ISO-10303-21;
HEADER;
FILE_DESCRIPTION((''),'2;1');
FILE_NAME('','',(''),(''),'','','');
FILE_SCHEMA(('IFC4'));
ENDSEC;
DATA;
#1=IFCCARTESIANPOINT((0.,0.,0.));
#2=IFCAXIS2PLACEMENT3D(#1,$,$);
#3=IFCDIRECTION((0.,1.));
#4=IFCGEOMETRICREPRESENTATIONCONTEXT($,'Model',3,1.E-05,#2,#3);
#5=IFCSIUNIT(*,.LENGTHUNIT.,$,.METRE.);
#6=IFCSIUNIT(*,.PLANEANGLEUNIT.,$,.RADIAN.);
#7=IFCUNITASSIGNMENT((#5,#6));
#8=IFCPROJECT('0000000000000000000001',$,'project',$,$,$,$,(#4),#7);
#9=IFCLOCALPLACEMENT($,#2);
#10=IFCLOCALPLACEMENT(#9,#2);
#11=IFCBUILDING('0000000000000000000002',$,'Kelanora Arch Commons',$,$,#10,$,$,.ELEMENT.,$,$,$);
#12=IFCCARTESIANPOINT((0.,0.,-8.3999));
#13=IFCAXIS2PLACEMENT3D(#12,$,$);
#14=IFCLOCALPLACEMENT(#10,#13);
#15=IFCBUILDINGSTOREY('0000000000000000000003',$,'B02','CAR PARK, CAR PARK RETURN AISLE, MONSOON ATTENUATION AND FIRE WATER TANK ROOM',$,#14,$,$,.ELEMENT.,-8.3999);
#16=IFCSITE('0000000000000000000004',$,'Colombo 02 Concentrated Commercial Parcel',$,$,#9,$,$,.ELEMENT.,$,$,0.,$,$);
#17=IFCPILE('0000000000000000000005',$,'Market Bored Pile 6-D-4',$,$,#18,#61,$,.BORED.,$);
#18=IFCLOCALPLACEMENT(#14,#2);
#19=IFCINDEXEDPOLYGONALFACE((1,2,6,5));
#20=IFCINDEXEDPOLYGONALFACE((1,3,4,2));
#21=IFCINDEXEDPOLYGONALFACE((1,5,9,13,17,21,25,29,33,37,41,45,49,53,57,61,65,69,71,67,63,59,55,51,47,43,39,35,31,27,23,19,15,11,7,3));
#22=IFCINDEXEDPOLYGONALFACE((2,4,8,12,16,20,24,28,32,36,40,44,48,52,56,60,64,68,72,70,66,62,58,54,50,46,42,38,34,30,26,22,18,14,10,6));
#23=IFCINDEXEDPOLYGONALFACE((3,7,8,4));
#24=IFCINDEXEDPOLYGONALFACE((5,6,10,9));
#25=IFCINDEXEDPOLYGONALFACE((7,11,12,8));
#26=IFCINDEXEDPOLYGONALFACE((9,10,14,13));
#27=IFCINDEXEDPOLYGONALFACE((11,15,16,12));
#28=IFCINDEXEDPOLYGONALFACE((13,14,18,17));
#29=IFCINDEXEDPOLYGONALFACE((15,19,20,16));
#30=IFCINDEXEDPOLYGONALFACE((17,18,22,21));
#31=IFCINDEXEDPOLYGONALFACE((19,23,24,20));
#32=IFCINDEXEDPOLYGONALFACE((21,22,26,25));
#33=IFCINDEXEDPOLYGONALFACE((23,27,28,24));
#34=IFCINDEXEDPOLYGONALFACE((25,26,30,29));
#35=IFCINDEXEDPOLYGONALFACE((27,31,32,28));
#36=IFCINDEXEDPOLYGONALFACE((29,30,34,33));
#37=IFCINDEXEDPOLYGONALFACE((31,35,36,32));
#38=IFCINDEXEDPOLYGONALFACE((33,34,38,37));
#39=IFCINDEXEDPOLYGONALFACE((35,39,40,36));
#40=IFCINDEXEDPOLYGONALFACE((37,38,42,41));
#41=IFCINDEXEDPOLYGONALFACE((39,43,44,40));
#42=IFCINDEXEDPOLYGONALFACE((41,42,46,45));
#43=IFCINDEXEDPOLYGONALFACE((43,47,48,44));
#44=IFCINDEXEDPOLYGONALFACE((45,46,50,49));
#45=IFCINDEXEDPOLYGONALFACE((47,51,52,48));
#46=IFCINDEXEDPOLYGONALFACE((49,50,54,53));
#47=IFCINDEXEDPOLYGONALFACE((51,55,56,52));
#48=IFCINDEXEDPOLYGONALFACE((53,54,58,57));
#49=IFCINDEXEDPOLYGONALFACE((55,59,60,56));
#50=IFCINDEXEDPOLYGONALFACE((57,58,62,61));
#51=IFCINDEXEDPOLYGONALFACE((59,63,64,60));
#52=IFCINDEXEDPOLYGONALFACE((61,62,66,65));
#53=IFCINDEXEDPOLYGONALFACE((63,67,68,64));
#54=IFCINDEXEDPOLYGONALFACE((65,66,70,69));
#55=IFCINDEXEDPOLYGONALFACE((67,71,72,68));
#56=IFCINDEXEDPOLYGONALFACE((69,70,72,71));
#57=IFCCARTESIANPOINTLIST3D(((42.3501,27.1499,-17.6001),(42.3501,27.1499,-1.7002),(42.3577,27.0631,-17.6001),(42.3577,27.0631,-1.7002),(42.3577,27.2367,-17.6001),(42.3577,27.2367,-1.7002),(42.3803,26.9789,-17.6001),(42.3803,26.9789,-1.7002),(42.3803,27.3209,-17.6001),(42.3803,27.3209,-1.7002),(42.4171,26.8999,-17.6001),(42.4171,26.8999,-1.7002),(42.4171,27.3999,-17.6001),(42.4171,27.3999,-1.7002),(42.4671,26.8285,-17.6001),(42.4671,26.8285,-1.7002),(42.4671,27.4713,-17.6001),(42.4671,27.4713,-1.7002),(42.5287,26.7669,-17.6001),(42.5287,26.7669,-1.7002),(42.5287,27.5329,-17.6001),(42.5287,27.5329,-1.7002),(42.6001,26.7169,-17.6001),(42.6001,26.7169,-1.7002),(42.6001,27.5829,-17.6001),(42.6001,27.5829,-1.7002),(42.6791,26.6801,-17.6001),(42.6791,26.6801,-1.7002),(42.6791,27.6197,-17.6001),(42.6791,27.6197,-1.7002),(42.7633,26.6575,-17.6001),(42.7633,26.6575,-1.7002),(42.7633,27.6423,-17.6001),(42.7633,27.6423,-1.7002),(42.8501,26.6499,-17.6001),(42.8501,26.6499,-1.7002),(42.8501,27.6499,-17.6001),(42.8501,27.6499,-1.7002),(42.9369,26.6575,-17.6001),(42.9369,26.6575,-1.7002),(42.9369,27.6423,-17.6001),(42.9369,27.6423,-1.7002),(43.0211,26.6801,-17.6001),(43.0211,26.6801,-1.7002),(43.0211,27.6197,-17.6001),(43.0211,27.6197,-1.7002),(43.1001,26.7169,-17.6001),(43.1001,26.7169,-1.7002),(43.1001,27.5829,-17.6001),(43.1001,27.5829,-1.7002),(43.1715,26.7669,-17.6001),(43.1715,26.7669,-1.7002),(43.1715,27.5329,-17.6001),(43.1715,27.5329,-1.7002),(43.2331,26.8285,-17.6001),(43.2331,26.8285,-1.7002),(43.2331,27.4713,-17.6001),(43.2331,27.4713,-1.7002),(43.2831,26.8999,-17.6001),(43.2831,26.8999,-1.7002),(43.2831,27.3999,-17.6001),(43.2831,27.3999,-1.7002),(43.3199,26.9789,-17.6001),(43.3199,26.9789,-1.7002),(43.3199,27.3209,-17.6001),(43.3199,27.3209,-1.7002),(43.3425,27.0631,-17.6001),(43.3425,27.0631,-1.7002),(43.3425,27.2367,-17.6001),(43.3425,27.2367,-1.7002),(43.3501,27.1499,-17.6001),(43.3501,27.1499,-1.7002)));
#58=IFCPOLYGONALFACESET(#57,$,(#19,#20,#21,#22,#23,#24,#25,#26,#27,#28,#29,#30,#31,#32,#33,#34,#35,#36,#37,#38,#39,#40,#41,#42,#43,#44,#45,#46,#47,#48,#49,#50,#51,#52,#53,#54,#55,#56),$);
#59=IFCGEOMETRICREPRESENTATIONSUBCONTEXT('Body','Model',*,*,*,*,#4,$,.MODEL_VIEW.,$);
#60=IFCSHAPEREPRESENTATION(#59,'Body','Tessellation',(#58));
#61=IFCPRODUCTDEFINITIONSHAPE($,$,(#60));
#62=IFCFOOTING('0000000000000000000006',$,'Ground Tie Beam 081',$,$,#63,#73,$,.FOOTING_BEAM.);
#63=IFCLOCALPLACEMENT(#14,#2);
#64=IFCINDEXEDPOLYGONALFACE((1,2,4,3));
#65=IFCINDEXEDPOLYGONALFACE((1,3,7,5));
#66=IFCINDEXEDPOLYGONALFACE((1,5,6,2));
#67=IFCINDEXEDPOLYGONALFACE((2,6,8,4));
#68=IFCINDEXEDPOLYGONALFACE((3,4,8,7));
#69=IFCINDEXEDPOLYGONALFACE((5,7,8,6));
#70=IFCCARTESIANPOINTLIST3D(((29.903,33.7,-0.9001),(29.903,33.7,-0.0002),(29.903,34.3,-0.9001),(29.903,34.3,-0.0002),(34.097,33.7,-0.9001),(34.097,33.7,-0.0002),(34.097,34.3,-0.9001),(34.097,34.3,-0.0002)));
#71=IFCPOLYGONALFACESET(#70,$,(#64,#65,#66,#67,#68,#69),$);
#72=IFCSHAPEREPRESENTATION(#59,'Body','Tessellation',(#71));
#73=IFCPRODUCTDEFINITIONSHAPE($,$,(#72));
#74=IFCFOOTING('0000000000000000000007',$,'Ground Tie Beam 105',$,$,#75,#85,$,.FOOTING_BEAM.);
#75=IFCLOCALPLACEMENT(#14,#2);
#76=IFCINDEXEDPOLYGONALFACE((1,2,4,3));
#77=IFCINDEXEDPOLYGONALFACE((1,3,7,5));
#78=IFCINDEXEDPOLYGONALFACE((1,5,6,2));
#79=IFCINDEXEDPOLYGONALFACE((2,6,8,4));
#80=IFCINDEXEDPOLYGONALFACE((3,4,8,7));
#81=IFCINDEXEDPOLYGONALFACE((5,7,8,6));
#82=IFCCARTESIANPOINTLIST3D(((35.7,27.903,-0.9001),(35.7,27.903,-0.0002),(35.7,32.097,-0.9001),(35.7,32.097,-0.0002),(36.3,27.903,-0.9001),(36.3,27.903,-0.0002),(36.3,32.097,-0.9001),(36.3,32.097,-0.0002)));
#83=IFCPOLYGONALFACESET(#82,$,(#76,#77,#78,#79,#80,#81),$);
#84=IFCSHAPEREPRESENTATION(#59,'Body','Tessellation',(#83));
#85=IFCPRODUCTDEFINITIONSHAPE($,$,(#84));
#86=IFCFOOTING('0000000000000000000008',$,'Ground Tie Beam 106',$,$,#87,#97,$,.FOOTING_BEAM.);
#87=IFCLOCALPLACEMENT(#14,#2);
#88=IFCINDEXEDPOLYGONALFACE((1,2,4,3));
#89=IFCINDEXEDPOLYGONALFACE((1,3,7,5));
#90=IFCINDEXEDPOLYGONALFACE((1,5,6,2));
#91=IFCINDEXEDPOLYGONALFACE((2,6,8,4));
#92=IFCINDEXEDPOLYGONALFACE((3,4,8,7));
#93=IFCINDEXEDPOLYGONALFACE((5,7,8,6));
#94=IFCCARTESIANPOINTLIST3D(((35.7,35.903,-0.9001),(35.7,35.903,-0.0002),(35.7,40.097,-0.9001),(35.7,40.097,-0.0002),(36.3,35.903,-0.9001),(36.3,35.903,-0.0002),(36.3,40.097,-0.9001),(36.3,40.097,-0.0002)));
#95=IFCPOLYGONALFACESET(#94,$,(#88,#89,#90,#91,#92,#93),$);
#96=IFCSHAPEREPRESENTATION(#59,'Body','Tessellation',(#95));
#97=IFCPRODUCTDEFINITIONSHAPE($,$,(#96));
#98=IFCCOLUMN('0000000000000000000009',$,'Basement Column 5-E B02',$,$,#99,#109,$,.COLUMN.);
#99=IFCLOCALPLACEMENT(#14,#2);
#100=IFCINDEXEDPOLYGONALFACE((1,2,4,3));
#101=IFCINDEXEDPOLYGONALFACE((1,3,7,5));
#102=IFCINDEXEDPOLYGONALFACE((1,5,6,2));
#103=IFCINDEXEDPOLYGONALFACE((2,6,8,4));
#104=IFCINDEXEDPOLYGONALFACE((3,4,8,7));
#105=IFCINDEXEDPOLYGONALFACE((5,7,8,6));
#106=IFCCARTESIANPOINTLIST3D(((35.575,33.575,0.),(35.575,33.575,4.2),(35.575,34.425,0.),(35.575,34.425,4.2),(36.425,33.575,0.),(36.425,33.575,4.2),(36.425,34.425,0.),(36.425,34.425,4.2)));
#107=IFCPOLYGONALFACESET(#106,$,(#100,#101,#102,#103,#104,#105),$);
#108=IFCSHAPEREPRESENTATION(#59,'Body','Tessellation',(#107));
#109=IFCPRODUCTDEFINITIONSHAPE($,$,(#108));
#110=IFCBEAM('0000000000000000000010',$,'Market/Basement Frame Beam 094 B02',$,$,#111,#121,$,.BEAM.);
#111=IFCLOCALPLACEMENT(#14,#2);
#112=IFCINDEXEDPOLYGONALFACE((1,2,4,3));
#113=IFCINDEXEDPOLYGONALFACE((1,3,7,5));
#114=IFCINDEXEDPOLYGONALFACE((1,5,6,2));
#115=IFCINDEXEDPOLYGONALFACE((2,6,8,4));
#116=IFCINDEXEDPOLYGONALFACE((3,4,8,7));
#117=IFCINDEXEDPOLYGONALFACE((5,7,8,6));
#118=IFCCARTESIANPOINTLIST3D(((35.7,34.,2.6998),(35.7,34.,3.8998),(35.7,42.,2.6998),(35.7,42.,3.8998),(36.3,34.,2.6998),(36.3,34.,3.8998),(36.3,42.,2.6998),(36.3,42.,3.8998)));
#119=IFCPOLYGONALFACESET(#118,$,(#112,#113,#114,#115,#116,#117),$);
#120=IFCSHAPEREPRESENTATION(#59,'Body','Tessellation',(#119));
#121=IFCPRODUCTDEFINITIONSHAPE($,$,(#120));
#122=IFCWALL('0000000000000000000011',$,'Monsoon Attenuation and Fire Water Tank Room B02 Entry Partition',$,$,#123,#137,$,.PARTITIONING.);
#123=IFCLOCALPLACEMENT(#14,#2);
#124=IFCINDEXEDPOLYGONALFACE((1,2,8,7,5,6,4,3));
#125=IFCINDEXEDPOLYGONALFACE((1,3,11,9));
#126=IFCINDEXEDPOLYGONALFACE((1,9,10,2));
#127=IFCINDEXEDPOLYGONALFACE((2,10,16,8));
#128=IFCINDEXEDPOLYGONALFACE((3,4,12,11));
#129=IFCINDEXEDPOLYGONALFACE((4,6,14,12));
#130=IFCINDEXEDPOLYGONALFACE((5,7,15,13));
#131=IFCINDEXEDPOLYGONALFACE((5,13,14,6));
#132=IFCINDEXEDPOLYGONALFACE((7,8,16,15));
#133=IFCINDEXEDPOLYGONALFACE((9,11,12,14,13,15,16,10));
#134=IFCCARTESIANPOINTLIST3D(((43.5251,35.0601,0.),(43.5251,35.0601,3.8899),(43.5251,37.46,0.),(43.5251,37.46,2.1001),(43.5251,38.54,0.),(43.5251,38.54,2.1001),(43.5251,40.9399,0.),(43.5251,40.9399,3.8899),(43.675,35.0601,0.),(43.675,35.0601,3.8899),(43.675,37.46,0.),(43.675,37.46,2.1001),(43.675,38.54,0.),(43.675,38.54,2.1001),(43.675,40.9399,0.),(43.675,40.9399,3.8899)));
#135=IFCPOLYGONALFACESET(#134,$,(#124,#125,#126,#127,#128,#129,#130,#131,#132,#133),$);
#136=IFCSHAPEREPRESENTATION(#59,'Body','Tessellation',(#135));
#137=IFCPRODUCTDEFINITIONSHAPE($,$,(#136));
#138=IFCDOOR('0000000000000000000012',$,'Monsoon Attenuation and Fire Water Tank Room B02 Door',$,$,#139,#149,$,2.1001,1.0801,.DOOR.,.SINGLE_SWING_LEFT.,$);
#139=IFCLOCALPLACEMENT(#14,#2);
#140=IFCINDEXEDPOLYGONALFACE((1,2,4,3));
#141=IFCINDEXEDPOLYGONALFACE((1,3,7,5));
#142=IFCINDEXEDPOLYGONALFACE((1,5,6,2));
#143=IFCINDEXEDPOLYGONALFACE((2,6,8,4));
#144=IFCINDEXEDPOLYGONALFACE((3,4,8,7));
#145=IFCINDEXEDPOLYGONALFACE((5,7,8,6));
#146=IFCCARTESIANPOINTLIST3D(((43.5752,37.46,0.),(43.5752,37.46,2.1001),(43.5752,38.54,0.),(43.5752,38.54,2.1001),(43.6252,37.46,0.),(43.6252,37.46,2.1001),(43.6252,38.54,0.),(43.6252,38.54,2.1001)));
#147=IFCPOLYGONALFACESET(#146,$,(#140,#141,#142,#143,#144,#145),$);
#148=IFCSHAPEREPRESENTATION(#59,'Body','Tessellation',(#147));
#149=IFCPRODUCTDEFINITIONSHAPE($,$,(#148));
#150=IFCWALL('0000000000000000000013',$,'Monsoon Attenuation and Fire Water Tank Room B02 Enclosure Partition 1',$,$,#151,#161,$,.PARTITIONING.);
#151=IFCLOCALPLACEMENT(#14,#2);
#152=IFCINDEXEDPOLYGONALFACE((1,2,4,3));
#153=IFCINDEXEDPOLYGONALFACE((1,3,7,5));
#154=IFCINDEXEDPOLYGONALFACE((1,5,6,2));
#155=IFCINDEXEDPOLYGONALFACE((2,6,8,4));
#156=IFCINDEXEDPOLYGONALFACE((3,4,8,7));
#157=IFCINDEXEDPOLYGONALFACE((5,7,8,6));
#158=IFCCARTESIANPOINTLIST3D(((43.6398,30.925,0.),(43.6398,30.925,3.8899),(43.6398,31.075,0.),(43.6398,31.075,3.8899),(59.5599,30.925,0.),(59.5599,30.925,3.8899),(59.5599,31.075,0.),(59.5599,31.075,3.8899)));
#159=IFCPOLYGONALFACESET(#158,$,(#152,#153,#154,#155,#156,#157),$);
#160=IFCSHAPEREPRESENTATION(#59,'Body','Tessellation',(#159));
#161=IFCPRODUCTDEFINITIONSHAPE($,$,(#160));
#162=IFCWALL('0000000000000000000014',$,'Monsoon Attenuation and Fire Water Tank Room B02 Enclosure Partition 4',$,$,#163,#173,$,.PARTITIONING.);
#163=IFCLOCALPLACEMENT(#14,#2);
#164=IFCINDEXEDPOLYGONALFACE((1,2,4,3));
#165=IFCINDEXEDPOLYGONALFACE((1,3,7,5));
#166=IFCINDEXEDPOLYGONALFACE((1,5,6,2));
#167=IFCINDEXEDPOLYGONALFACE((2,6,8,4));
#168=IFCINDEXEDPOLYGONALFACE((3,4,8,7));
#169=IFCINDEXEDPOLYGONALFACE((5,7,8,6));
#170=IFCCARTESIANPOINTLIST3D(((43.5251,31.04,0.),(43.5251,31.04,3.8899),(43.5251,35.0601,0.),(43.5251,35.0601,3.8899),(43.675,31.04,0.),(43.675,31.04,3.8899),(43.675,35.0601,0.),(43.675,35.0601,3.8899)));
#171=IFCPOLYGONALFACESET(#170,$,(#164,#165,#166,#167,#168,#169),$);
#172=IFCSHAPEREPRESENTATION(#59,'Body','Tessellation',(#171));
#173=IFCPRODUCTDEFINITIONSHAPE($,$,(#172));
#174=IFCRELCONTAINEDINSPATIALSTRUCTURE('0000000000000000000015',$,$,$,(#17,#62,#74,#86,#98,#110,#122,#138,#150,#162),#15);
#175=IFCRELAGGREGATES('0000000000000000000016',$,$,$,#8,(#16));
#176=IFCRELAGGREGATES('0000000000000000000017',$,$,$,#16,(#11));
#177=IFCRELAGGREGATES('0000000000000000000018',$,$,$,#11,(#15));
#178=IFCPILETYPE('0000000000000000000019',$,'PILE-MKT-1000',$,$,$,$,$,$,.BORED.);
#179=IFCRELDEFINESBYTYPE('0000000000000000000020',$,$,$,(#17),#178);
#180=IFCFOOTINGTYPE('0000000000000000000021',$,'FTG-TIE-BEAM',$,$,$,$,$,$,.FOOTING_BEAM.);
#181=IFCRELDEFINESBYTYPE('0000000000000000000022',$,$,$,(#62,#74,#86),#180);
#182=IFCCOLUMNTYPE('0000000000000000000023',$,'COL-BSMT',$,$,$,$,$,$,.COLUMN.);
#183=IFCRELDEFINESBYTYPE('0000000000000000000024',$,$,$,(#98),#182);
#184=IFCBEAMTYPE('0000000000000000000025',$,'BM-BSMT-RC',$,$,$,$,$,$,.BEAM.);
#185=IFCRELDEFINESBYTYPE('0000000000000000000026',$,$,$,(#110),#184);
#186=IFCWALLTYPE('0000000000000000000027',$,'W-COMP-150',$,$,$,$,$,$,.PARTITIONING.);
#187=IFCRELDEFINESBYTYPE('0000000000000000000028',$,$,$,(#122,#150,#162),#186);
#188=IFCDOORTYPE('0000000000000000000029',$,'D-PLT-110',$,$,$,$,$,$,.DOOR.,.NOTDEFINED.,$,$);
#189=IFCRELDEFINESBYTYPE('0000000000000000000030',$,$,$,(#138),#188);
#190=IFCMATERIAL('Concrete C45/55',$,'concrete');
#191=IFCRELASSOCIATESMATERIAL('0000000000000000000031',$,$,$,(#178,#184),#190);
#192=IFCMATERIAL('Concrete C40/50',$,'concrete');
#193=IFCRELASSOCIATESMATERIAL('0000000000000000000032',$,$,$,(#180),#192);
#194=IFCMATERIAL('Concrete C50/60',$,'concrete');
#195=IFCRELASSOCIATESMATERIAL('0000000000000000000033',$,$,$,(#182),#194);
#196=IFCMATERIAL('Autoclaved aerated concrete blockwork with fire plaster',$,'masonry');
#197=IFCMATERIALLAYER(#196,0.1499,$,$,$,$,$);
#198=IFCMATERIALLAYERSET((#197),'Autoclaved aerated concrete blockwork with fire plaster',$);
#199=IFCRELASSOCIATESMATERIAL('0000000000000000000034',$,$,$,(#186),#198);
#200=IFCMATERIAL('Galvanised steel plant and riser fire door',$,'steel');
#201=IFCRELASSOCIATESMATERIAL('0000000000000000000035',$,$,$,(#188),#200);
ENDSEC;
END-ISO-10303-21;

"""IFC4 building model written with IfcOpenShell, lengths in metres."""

from ifc_helpers import new_model, si_unit, direction, frame, frame_2d, origin, origin_2d, place, context, subcontext, project, spatial, rectangle, circle, extrude, source, transform, mapped, material, layer, layer_set, material_profile, profile_set, type_object, element, fill, save


model = new_model("IFC4")

# Units and contexts
model_context = context("Model", 3, precision=1e-05, world=origin(), true_north=direction((0.0, 1.0)))
body_context = subcontext(model_context, "Body", "Model", "MODEL_VIEW")
ifc_project = project(units=[si_unit("LENGTHUNIT", "METRE"), si_unit("PLANEANGLEUNIT", "RADIAN")], contexts=[model_context])

# Site, building, storey
site_placement = place(None, origin())
site = spatial("IfcSite", under=ifc_project, at=site_placement, Name="Colombo 02 Concentrated Commercial Parcel", CompositionType="ELEMENT", RefElevation=0.0)
building_placement = place(site_placement, origin())
building = spatial("IfcBuilding", under=site, at=building_placement, Name="Kelanora Arch Commons", CompositionType="ELEMENT")
storey_placement = place(building_placement, frame((0.0, 0.0, -8.3999)))
storey = spatial("IfcBuildingStorey", under=building, at=storey_placement, Name="B02", Description="CAR PARK, CAR PARK RETURN AISLE, MONSOON ATTENUATION AND FIRE WATER TANK ROOM", CompositionType="ELEMENT", Elevation=-8.3999)

# Shared definitions
ifc_material_1 = material(Name="Concrete C40/50", Category="concrete")

# Pile
ifc_material_2 = material(Name="Concrete C45/55", Category="concrete")
ifc_material_profile_1 = material_profile(ifc_material_2, circle(Radius=0.5, at=origin_2d()), Name="PILE1000")
ifc_profile_set_1 = profile_set([ifc_material_profile_1], Name="Concrete C45/55")
pile_type = type_object("IfcPileType", Name="PILE-MKT-1000", PredefinedType="BORED", material=ifc_profile_set_1)
shared_shape_1 = source(origin(), body_context, "Body", "SweptSolid", [
    extrude(circle(Radius=0.5, at=origin_2d()), origin(), (0.0, 0.0, 1.0), 15.8999),
])
for number, where, z_axis, x_axis, name in (
    (1, (42.8501, 27.1499, -1.7002), (0.0, 0.0, -1.0), (1.0, 0.0, 0.0), "Market Bored Pile 6-D-4"),
):
    element("IfcPile", number, at=place(storey_placement, frame(where, z_axis=z_axis, x_axis=x_axis)), inside=storey, type_object=pile_type, Name=name, PredefinedType="BORED", context=body_context, shape_type="MappedRepresentation", body=[
        mapped(shared_shape_1, transform((0.0, 0.0, 0.0), scale=1.0)),
    ])

# Footings
footing_type_1 = type_object("IfcFootingType", Name="FTG-TIE-BEAM", PredefinedType="FOOTING_BEAM", material=ifc_material_1)
shared_shape_2 = source(origin(), body_context, "Body", "SweptSolid", [
    extrude(rectangle(XDim=4.1941, YDim=0.6001, at=origin_2d()), origin(), (0.0, 0.0, 1.0), 0.8999),
])
for number, where, z_axis, x_axis, name in (
    (2, (32.0, 34.0, -0.9001), (0.0, 0.0, 1.0), (1.0, 0.0, 0.0), "Ground Tie Beam 081"),
    (3, (36.0, 30.0, -0.9001), (0.0, 0.0, 1.0), (0.0, 1.0, 0.0), "Ground Tie Beam 105"),
    (4, (36.0, 38.0, -0.9001), (0.0, 0.0, 1.0), (0.0, 1.0, 0.0), "Ground Tie Beam 106"),
):
    element("IfcFooting", number, at=place(storey_placement, frame(where, z_axis=z_axis, x_axis=x_axis)), inside=storey, type_object=footing_type_1, Name=name, PredefinedType="FOOTING_BEAM", context=body_context, shape_type="MappedRepresentation", body=[
        mapped(shared_shape_2, transform((0.0, 0.0, 0.0), scale=1.0)),
    ])

# Column
ifc_material_3 = material(Name="Concrete C50/60", Category="concrete")
ifc_material_profile_2 = material_profile(ifc_material_3, rectangle(XDim=0.8501, YDim=0.8501, at=origin_2d()), Name="RC850x850")
ifc_profile_set_2 = profile_set([ifc_material_profile_2], Name="Concrete C50/60")
column_type = type_object("IfcColumnType", Name="COL-BSMT", PredefinedType="COLUMN", material=ifc_profile_set_2)
column_placement = place(storey_placement, frame((36.0, 34.0, 0.0), z_axis=(0.0, 0.0, 1.0), x_axis=(1.0, 0.0, 0.0)))
element("IfcColumn", 5, at=column_placement, inside=storey, type_object=column_type, Name="Basement Column 5-E B02", PredefinedType="COLUMN", context=body_context, shape_type="SweptSolid", body=[
    extrude(rectangle(XDim=0.8501, YDim=0.8501, at=origin_2d()), origin(), (0.0, 0.0, 1.0), 4.2),
])

# Beam
ifc_material_profile_3 = material_profile(ifc_material_2, rectangle(XDim=0.6001, YDim=1.2, at=origin_2d()), Name="RCB600x1200")
ifc_profile_set_3 = profile_set([ifc_material_profile_3], Name="Concrete C45/55")
beam_type = type_object("IfcBeamType", Name="BM-BSMT-RC", PredefinedType="BEAM", material=ifc_profile_set_3)
beam_placement = place(storey_placement, frame((36.0, 34.0, 3.2998), z_axis=(0.0, 1.0, 0.0), x_axis=(-1.0, 0.0, 0.0)))
element("IfcBeam", 6, at=beam_placement, inside=storey, type_object=beam_type, Name="Market/Basement Frame Beam 094 B02", PredefinedType="BEAM", context=body_context, shape_type="SweptSolid", body=[
    extrude(rectangle(XDim=0.6001, YDim=1.2, at=origin_2d()), origin(), (0.0, 0.0, 1.0), 8.0),
])

# Wall, opening, door
ifc_material_4 = material(Name="Autoclaved aerated concrete blockwork with fire plaster", Category="masonry")
ifc_layer = layer(ifc_material_4, 0.1499)
ifc_layer_set = layer_set([ifc_layer], Name="Autoclaved aerated concrete blockwork with fire plaster")
wall_type = type_object("IfcWallType", Name="W-COMP-150", PredefinedType="PARTITIONING", material=ifc_layer_set)
wall_1_placement = place(storey_placement, frame((43.6001, 35.0601, 0.0), z_axis=(0.0, 0.0, 1.0), x_axis=(0.0, 1.0, 0.0)))
wall_1 = element("IfcWall", 7, at=wall_1_placement, inside=storey, type_object=wall_type, Name="Monsoon Attenuation and Fire Water Tank Room B02 Entry Partition", PredefinedType="PARTITIONING", context=body_context, shape_type="SweptSolid", body=[
    extrude(rectangle(XDim=5.8799, YDim=0.1499, at=frame_2d((2.9399, 0.0))), origin(), (0.0, 0.0, 1.0), 3.8899),
])
opening_placement = place(wall_1_placement, frame((2.3999, 0.0, 0.0)))
opening = element("IfcOpeningElement", 8, at=opening_placement, cuts=wall_1, PredefinedType="OPENING", context=body_context, shape_type="SweptSolid", body=[
    extrude(rectangle(XDim=1.0801, YDim=2.1001, at=frame_2d((0.54, 1.05))), frame((0.0, 0.085, 0.0), z_axis=(0.0, -1.0, 0.0), x_axis=(1.0, 0.0, 0.0)), (0.0, 0.0, 1.0), 0.1699),
])
ifc_material_5 = material(Name="Galvanised steel plant and riser fire door", Category="steel")
door_type = type_object("IfcDoorType", Name="D-PLT-110", OperationType="NOTDEFINED", PredefinedType="DOOR", material=ifc_material_5)
door_placement = place(opening_placement, origin())
door = element("IfcDoor", 9, at=door_placement, inside=storey, type_object=door_type, Name="Monsoon Attenuation and Fire Water Tank Room B02 Door", OperationType="SINGLE_SWING_LEFT", OverallHeight=2.1001, OverallWidth=1.0801, PredefinedType="DOOR", context=body_context, shape_type="SweptSolid", body=[
    extrude(rectangle(XDim=1.0801, YDim=2.1001, at=frame_2d((0.54, 1.05))), frame((0.0, 0.0249, 0.0), z_axis=(0.0, -1.0, 0.0), x_axis=(1.0, 0.0, 0.0)), (0.0, 0.0, 1.0), 0.05),
])
fill(opening, door)

# Walls
wall_2_placement = place(storey_placement, frame((43.6399, 31.0, 0.0), z_axis=(0.0, 0.0, 1.0), x_axis=(1.0, 0.0, 0.0)))
element("IfcWall", 10, at=wall_2_placement, inside=storey, type_object=wall_type, Name="Monsoon Attenuation and Fire Water Tank Room B02 Enclosure Partition 1", PredefinedType="PARTITIONING", context=body_context, shape_type="SweptSolid", body=[
    extrude(rectangle(XDim=15.9202, YDim=0.1499, at=frame_2d((7.96, 0.0))), origin(), (0.0, 0.0, 1.0), 3.8899),
])
wall_3_placement = place(storey_placement, frame((43.6001, 35.0601, 0.0), z_axis=(0.0, 0.0, 1.0), x_axis=(0.0, -1.0, 0.0)))
element("IfcWall", 11, at=wall_3_placement, inside=storey, type_object=wall_type, Name="Monsoon Attenuation and Fire Water Tank Room B02 Enclosure Partition 4", PredefinedType="PARTITIONING", context=body_context, shape_type="SweptSolid", body=[
    extrude(rectangle(XDim=4.02, YDim=0.1499, at=frame_2d((2.01, 0.0))), origin(), (0.0, 0.0, 1.0), 3.8899),
])

save(model, "model.ifc")
